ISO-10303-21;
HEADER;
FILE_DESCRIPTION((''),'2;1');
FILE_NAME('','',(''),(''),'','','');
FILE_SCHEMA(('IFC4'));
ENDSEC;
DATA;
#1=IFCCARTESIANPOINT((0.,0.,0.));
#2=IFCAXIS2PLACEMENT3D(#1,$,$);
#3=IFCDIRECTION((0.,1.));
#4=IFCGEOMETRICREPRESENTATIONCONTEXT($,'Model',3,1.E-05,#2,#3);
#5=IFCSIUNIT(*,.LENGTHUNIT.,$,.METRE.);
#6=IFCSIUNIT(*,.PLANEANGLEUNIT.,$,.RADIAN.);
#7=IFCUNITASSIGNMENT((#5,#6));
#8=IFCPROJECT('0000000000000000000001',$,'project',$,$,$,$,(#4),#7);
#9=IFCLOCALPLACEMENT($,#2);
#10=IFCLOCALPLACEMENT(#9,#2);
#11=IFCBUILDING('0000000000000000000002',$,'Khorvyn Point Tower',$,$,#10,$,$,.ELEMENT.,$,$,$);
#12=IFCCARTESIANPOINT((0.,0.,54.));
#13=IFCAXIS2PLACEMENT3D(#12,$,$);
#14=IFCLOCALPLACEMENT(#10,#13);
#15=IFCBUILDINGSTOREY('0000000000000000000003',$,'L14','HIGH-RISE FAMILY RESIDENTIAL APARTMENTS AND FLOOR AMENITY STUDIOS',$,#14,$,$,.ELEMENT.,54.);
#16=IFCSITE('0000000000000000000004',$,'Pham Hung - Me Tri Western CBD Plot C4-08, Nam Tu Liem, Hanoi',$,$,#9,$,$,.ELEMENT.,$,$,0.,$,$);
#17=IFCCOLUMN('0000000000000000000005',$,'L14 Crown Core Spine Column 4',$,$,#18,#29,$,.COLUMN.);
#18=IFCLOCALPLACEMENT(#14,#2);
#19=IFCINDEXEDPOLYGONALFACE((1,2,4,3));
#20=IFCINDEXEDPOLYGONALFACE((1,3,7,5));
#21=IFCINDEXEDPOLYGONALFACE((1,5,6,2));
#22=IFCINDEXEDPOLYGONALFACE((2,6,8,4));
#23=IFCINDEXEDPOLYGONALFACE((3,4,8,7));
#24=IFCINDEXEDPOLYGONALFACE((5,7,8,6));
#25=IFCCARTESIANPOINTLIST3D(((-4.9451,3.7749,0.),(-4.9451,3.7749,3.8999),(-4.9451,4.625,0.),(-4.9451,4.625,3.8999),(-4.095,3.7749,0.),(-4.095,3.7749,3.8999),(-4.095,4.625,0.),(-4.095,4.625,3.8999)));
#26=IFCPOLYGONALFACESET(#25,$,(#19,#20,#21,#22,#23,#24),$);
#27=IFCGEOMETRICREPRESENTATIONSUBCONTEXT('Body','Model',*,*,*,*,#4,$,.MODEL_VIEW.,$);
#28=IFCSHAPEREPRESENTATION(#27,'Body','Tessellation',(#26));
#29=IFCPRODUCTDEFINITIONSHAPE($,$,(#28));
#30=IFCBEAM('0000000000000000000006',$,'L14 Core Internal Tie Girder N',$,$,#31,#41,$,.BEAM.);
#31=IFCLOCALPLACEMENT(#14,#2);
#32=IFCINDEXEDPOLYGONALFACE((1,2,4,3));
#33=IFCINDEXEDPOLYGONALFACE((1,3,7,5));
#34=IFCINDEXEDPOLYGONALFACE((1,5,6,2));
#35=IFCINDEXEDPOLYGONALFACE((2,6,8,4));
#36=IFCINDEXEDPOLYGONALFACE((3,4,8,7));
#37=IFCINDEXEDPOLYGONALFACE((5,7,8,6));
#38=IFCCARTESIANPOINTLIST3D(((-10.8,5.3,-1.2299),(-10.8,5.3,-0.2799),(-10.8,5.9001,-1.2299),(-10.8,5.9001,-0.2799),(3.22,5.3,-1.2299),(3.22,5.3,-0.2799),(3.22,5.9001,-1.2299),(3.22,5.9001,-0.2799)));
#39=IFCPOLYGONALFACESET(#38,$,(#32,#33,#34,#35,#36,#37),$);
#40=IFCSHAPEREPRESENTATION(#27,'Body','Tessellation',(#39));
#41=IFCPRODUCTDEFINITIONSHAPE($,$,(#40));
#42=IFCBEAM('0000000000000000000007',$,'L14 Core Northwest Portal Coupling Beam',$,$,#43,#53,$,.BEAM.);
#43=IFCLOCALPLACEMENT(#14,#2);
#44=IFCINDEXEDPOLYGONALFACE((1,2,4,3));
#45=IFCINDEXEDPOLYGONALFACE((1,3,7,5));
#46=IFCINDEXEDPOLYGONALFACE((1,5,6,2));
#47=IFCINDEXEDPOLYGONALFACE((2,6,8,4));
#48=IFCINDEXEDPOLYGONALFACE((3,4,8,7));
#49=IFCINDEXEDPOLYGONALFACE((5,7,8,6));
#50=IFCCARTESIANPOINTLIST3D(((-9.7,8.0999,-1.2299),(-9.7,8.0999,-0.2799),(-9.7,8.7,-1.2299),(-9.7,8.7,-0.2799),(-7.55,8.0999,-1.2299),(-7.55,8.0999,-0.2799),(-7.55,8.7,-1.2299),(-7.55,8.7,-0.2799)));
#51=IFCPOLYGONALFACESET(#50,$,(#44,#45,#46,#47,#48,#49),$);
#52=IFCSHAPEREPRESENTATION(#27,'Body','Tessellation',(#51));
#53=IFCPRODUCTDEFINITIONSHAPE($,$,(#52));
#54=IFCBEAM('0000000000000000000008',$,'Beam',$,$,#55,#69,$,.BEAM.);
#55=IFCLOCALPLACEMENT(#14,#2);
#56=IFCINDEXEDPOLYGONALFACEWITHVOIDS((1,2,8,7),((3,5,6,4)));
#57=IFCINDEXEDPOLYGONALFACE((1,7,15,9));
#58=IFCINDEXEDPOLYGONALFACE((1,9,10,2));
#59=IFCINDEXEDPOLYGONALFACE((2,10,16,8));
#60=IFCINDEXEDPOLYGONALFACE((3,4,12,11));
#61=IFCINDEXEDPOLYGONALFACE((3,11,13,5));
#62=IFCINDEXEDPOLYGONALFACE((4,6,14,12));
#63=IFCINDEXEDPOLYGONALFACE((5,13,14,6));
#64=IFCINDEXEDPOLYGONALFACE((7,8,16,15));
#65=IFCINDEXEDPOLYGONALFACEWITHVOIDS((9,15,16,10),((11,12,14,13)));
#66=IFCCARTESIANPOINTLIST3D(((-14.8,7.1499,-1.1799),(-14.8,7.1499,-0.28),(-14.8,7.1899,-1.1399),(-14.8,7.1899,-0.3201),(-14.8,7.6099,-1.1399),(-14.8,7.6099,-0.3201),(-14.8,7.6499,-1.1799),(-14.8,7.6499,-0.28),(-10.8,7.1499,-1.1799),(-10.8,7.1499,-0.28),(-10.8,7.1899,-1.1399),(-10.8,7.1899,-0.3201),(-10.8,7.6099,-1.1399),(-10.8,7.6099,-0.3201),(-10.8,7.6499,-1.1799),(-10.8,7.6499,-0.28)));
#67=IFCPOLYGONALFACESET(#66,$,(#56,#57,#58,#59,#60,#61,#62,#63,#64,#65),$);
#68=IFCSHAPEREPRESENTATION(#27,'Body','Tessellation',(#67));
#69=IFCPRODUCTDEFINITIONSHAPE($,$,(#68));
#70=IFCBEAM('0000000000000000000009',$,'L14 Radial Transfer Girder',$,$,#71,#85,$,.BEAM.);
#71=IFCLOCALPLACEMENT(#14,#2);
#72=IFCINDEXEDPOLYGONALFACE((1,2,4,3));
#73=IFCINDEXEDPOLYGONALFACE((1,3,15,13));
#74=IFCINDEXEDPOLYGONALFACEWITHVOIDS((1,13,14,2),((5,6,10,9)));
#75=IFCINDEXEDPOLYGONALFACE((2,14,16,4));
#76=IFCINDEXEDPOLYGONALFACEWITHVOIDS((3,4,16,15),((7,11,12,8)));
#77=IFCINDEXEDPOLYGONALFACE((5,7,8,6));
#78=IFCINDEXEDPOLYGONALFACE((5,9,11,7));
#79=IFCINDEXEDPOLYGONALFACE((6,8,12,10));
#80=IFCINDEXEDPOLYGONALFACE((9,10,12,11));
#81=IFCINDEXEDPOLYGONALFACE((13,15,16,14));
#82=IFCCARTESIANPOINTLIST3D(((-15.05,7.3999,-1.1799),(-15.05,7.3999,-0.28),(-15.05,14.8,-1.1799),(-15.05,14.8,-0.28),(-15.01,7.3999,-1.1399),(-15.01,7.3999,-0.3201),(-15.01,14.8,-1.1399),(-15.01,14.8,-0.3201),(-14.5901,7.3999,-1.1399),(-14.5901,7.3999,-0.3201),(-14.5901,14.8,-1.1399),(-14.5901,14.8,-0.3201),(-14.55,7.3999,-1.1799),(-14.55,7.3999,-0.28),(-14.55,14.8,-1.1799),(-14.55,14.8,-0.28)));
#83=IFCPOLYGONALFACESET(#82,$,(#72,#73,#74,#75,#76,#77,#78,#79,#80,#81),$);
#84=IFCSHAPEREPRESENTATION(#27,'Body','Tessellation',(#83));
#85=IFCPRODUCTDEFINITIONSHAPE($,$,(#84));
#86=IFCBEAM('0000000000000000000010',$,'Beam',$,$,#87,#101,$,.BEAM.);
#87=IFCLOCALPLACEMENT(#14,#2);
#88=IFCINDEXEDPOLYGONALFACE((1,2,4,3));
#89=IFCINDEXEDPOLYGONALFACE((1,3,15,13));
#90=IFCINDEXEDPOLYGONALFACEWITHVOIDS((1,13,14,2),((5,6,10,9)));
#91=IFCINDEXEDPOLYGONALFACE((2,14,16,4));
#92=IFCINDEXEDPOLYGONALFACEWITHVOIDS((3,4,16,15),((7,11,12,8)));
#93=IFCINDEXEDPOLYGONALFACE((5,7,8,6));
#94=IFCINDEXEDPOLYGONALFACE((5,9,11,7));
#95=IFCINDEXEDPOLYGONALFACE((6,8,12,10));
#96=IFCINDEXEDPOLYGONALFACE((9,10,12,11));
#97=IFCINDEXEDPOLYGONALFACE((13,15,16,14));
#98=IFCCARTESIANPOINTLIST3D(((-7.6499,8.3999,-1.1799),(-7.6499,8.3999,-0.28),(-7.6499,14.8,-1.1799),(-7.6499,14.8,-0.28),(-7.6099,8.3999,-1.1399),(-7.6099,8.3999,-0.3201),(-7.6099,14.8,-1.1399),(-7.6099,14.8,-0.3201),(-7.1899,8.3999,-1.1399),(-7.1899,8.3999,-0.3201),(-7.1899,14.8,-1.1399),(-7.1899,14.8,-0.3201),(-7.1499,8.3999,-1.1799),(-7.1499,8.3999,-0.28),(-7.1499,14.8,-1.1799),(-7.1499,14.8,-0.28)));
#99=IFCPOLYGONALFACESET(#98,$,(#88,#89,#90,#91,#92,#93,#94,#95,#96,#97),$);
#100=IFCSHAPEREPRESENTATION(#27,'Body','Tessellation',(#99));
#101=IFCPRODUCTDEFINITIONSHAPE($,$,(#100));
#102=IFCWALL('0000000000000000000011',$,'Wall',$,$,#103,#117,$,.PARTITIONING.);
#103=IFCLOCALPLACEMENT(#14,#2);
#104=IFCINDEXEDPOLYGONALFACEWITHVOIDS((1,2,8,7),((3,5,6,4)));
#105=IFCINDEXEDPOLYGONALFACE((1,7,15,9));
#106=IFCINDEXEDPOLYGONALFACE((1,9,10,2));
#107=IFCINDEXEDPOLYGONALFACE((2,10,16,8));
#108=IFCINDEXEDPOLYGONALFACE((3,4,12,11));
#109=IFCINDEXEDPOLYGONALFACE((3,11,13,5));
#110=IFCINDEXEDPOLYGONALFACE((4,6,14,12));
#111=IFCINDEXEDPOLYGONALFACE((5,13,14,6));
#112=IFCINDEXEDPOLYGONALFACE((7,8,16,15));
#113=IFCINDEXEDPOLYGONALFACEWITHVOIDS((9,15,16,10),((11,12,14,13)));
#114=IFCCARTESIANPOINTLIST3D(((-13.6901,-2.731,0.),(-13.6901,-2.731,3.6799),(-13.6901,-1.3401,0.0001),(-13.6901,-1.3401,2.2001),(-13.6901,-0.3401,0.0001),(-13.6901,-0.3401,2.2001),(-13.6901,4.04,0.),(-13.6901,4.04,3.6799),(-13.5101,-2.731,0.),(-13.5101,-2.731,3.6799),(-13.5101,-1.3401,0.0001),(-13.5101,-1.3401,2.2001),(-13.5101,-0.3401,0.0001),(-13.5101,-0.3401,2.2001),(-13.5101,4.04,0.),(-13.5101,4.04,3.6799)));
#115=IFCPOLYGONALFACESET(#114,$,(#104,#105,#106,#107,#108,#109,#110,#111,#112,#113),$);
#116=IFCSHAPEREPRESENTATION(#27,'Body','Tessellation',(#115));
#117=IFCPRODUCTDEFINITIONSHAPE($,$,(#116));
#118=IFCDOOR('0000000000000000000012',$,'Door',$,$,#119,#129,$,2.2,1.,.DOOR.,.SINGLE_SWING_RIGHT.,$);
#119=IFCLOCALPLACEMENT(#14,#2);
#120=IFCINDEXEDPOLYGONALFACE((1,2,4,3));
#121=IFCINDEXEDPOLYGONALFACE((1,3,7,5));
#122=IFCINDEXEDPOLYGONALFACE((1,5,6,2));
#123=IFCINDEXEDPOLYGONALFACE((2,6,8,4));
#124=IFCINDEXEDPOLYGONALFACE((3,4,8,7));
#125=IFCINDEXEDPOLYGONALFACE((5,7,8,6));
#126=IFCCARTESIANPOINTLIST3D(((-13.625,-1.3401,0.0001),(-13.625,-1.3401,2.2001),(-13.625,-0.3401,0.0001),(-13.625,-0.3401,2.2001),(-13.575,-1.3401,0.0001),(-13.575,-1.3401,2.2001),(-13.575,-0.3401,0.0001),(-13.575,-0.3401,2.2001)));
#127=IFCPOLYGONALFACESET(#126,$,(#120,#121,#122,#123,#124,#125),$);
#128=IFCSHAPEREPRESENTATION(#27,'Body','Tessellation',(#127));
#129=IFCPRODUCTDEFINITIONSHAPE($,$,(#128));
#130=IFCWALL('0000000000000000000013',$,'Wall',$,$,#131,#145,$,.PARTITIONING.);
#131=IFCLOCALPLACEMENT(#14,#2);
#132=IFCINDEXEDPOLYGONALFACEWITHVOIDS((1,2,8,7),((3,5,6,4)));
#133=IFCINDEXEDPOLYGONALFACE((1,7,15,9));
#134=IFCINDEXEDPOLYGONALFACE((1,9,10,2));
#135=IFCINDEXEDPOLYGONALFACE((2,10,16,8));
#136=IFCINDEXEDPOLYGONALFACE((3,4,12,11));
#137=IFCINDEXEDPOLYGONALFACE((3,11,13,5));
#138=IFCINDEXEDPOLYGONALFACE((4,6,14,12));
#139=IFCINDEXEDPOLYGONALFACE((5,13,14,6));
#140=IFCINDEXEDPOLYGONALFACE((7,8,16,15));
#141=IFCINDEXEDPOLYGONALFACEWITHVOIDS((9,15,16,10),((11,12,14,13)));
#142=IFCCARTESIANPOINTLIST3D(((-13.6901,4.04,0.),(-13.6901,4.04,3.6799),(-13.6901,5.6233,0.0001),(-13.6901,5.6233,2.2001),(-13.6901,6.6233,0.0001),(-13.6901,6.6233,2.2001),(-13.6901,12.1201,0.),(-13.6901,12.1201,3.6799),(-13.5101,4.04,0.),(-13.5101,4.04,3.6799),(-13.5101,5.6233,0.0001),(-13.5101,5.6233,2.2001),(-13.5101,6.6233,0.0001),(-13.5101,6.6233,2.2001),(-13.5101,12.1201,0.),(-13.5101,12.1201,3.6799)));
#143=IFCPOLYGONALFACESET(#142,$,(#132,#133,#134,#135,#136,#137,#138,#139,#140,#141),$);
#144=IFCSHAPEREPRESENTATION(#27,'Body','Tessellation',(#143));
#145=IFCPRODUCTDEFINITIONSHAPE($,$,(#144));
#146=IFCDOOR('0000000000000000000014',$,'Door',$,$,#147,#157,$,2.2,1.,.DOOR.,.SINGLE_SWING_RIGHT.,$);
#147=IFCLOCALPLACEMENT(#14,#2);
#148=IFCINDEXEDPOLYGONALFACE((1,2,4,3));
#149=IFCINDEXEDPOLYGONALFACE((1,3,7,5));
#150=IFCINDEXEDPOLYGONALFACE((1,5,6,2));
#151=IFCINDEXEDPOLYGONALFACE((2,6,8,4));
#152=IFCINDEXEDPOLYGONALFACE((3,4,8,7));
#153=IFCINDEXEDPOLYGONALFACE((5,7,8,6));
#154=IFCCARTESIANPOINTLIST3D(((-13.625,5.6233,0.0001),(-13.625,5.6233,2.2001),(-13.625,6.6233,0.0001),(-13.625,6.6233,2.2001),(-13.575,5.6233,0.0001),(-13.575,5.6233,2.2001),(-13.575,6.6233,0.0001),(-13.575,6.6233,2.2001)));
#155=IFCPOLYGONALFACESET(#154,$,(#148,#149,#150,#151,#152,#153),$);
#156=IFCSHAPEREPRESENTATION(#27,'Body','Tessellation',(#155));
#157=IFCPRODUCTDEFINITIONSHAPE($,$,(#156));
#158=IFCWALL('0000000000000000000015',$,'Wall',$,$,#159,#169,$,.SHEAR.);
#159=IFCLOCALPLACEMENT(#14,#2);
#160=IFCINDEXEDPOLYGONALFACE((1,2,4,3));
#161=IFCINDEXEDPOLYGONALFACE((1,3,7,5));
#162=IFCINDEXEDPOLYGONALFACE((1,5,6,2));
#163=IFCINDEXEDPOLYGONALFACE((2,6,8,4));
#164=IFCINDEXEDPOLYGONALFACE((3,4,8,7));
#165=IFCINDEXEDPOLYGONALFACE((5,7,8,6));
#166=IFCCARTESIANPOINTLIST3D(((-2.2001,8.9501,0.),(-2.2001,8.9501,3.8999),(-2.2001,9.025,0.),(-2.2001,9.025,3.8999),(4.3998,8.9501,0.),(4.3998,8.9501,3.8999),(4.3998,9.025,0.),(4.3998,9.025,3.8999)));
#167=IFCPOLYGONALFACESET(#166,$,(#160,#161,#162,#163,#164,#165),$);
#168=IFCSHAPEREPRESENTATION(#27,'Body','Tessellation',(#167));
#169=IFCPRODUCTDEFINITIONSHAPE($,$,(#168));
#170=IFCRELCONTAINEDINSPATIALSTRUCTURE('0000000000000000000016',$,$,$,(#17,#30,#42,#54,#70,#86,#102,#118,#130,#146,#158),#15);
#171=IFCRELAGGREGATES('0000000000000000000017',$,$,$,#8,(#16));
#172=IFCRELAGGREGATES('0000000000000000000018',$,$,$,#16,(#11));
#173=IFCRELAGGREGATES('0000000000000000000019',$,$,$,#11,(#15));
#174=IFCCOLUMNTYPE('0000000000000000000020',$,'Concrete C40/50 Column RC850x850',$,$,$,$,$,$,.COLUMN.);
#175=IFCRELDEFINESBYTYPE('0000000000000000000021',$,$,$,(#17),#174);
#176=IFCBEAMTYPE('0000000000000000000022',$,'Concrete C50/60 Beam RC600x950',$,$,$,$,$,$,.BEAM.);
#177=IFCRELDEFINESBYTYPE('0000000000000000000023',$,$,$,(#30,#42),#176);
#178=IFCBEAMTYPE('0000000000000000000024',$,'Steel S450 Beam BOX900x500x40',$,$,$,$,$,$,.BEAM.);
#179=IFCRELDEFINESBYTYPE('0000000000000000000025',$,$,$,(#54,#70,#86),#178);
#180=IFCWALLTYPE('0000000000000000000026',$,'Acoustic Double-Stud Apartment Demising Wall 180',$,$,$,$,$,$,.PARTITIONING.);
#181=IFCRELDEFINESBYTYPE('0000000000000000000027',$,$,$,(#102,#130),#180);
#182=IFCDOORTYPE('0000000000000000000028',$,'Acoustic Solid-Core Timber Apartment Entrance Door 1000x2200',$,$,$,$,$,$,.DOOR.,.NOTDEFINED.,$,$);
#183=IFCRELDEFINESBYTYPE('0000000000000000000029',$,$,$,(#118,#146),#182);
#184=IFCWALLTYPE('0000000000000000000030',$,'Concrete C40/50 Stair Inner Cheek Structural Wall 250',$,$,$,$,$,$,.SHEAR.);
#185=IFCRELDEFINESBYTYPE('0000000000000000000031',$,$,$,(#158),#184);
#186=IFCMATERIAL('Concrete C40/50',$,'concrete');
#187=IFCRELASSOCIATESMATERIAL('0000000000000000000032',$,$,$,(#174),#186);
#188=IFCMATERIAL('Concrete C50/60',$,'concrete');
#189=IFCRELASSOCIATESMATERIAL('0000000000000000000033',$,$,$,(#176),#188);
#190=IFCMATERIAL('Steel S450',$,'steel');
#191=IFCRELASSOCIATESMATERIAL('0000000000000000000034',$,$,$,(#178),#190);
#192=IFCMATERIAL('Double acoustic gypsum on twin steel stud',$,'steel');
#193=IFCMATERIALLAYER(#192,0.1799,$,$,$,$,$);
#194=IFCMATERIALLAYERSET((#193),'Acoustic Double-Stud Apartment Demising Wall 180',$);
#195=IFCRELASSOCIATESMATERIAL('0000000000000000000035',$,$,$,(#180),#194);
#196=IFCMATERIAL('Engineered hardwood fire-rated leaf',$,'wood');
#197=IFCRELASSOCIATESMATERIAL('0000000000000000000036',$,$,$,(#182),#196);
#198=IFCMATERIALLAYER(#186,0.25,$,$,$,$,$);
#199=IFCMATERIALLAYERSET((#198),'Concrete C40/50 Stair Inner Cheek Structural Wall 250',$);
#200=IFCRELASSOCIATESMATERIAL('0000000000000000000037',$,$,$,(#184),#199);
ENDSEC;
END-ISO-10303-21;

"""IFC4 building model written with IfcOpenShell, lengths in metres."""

from ifc_helpers import new_model, si_unit, direction, frame, frame_2d, origin, origin_2d, place, context, subcontext, project, spatial, rectangle, hollow_rectangle, extrude, material, layer, layer_set, material_profile, profile_set, type_object, element, fill, save


model = new_model("IFC4")

# Units and contexts
model_context = context("Model", 3, precision=1e-05, world=origin(), true_north=direction((0.0, 1.0)))
body_context = subcontext(model_context, "Body", "Model", "MODEL_VIEW")
ifc_project = project(units=[si_unit("LENGTHUNIT", "METRE"), si_unit("PLANEANGLEUNIT", "RADIAN")], contexts=[model_context])

# Site, building, storey
site_placement = place(None, origin())
site = spatial("IfcSite", under=ifc_project, at=site_placement, Name="Pham Hung - Me Tri Western CBD Plot C4-08, Nam Tu Liem, Hanoi", CompositionType="ELEMENT", RefElevation=0.0)
building_placement = place(site_placement, origin())
building = spatial("IfcBuilding", under=site, at=building_placement, Name="Khorvyn Point Tower", CompositionType="ELEMENT")
storey_placement = place(building_placement, frame((0.0, 0.0, 54.0)))
storey = spatial("IfcBuildingStorey", under=building, at=storey_placement, Name="L14", Description="HIGH-RISE FAMILY RESIDENTIAL APARTMENTS AND FLOOR AMENITY STUDIOS", CompositionType="ELEMENT", Elevation=54.0)

# Column
ifc_material_1 = material(Name="Concrete C40/50", Category="concrete")
ifc_material_profile_1 = material_profile(ifc_material_1, rectangle(XDim=0.8501, YDim=0.8501, at=origin_2d()))
ifc_profile_set_1 = profile_set([ifc_material_profile_1], Name="Concrete C40/50 RC850x850")
column_type = type_object("IfcColumnType", Name="Concrete C40/50 Column RC850x850", PredefinedType="COLUMN", material=ifc_profile_set_1)
column_placement = place(storey_placement, frame((-4.52, 4.2, 0.0), z_axis=(0.0, 0.0, 1.0), x_axis=(1.0, 0.0, 0.0)))
element("IfcColumn", 1, at=column_placement, inside=storey, type_object=column_type, Name="L14 Crown Core Spine Column 4", PredefinedType="COLUMN", context=body_context, shape_type="SweptSolid", body=[
    extrude(rectangle(XDim=0.8501, YDim=0.8501, at=origin_2d()), origin(), (0.0, 0.0, 1.0), 3.8999),
])

# Beams
ifc_material_2 = material(Name="Concrete C50/60", Category="concrete")
ifc_material_profile_2 = material_profile(ifc_material_2, rectangle(XDim=0.6001, YDim=0.95, at=origin_2d()))
ifc_profile_set_2 = profile_set([ifc_material_profile_2], Name="Concrete C50/60 RC600x950")
beam_type_1 = type_object("IfcBeamType", Name="Concrete C50/60 Beam RC600x950", PredefinedType="BEAM", material=ifc_profile_set_2)
beam_1_placement = place(storey_placement, frame((-10.8, 5.6001, -0.7549), z_axis=(1.0, 0.0, 0.0), x_axis=(0.0, 1.0, 0.0)))
element("IfcBeam", 2, at=beam_1_placement, inside=storey, type_object=beam_type_1, Name="L14 Core Internal Tie Girder N", PredefinedType="BEAM", context=body_context, shape_type="SweptSolid", body=[
    extrude(rectangle(XDim=0.6001, YDim=0.95, at=origin_2d()), origin(), (0.0, 0.0, 1.0), 14.02),
])
beam_2_placement = place(storey_placement, frame((-9.7, 8.3999, -0.7549), z_axis=(1.0, 0.0, 0.0), x_axis=(0.0, 1.0, 0.0)))
element("IfcBeam", 3, at=beam_2_placement, inside=storey, type_object=beam_type_1, Name="L14 Core Northwest Portal Coupling Beam", PredefinedType="BEAM", context=body_context, shape_type="SweptSolid", body=[
    extrude(rectangle(XDim=0.6001, YDim=0.95, at=origin_2d()), origin(), (0.0, 0.0, 1.0), 2.1499),
])
ifc_material_3 = material(Name="Steel S450", Category="steel")
ifc_material_profile_3 = material_profile(ifc_material_3, hollow_rectangle(XDim=0.5, YDim=0.8999, WallThickness=0.04, at=origin_2d()))
ifc_profile_set_3 = profile_set([ifc_material_profile_3], Name="Steel S450 BOX900x500x40")
beam_type_2 = type_object("IfcBeamType", Name="Steel S450 Beam BOX900x500x40", PredefinedType="BEAM", material=ifc_profile_set_3)
beam_3_placement = place(storey_placement, frame((-14.8, 7.3999, -0.73), z_axis=(1.0, 0.0, 0.0), x_axis=(0.0, 1.0, 0.0)))
element("IfcBeam", 4, at=beam_3_placement, inside=storey, type_object=beam_type_2, Name="Beam", PredefinedType="BEAM", context=body_context, shape_type="SweptSolid", body=[
    extrude(hollow_rectangle(XDim=0.5, YDim=0.8999, WallThickness=0.04, at=origin_2d()), origin(), (0.0, 0.0, 1.0), 4.0),
])
beam_4_placement = place(storey_placement, frame((-14.8, 7.3999, -0.73), z_axis=(0.0, 1.0, 0.0), x_axis=(-1.0, 0.0, 0.0)))
element("IfcBeam", 5, at=beam_4_placement, inside=storey, type_object=beam_type_2, Name="L14 Radial Transfer Girder", PredefinedType="BEAM", context=body_context, shape_type="SweptSolid", body=[
    extrude(hollow_rectangle(XDim=0.5, YDim=0.8999, WallThickness=0.04, at=origin_2d()), origin(), (0.0, 0.0, 1.0), 7.4001),
])
beam_5_placement = place(storey_placement, frame((-7.3999, 8.3999, -0.73), z_axis=(0.0, 1.0, 0.0), x_axis=(-1.0, 0.0, 0.0)))
element("IfcBeam", 6, at=beam_5_placement, inside=storey, type_object=beam_type_2, Name="Beam", PredefinedType="BEAM", context=body_context, shape_type="SweptSolid", body=[
    extrude(hollow_rectangle(XDim=0.5, YDim=0.8999, WallThickness=0.04, at=origin_2d()), origin(), (0.0, 0.0, 1.0), 6.4001),
])

# Walls, openings, doors
ifc_material_4 = material(Name="Double acoustic gypsum on twin steel stud", Category="steel")
ifc_layer_1 = layer(ifc_material_4, 0.1799)
ifc_layer_set_1 = layer_set([ifc_layer_1], Name="Acoustic Double-Stud Apartment Demising Wall 180")
wall_type_1 = type_object("IfcWallType", Name="Acoustic Double-Stud Apartment Demising Wall 180", PredefinedType="PARTITIONING", material=ifc_layer_set_1)
wall_1_placement = place(storey_placement, frame((-13.6001, -2.731, 0.0), z_axis=(0.0, 0.0, 1.0), x_axis=(0.0, 1.0, 0.0)))
wall_1 = element("IfcWall", 7, at=wall_1_placement, inside=storey, type_object=wall_type_1, Name="Wall", PredefinedType="PARTITIONING", context=body_context, shape_type="SweptSolid", body=[
    extrude(rectangle(XDim=6.771, YDim=0.1799, at=frame_2d((3.3855, 0.0))), origin(), (0.0, 0.0, 1.0), 3.6799),
])
opening_1_placement = place(wall_1_placement, frame((1.3909, 0.0, 0.0)))
opening_1 = element("IfcOpeningElement", 8, at=opening_1_placement, cuts=wall_1, PredefinedType="OPENING", context=body_context, shape_type="SweptSolid", body=[
    extrude(rectangle(XDim=1.0, YDim=2.2, at=frame_2d((0.5, 1.1001))), frame((0.0, 0.0999, 0.0), z_axis=(0.0, -1.0, 0.0), x_axis=(1.0, 0.0, 0.0)), (0.0, 0.0, 1.0), 0.2),
])
ifc_material_5 = material(Name="Engineered hardwood fire-rated leaf", Category="wood")
door_type_1 = type_object("IfcDoorType", Name="Acoustic Solid-Core Timber Apartment Entrance Door 1000x2200", OperationType="NOTDEFINED", PredefinedType="DOOR", material=ifc_material_5)
door_1_placement = place(opening_1_placement, origin())
door_1 = element("IfcDoor", 9, at=door_1_placement, inside=storey, type_object=door_type_1, Name="Door", OperationType="SINGLE_SWING_RIGHT", OverallHeight=2.2, OverallWidth=1.0, PredefinedType="DOOR", context=body_context, shape_type="SweptSolid", body=[
    extrude(rectangle(XDim=1.0, YDim=2.2, at=frame_2d((0.5, 1.1001))), frame((0.0, 0.0249, 0.0), z_axis=(0.0, -1.0, 0.0), x_axis=(1.0, 0.0, 0.0)), (0.0, 0.0, 1.0), 0.05),
])
fill(opening_1, door_1)
wall_2_placement = place(storey_placement, frame((-13.6001, 4.04, 0.0), z_axis=(0.0, 0.0, 1.0), x_axis=(0.0, 1.0, 0.0)))
wall_2 = element("IfcWall", 10, at=wall_2_placement, inside=storey, type_object=wall_type_1, Name="Wall", PredefinedType="PARTITIONING", context=body_context, shape_type="SweptSolid", body=[
    extrude(rectangle(XDim=8.0801, YDim=0.1799, at=frame_2d((4.04, 0.0))), origin(), (0.0, 0.0, 1.0), 3.6799),
])
opening_2_placement = place(wall_2_placement, frame((1.5833, 0.0, 0.0)))
opening_2 = element("IfcOpeningElement", 11, at=opening_2_placement, cuts=wall_2, PredefinedType="OPENING", context=body_context, shape_type="SweptSolid", body=[
    extrude(rectangle(XDim=1.0, YDim=2.2, at=frame_2d((0.5, 1.1001))), frame((0.0, 0.0999, 0.0), z_axis=(0.0, -1.0, 0.0), x_axis=(1.0, 0.0, 0.0)), (0.0, 0.0, 1.0), 0.2),
])
door_2_placement = place(opening_2_placement, origin())
door_2 = element("IfcDoor", 12, at=door_2_placement, inside=storey, type_object=door_type_1, Name="Door", OperationType="SINGLE_SWING_RIGHT", OverallHeight=2.2, OverallWidth=1.0, PredefinedType="DOOR", context=body_context, shape_type="SweptSolid", body=[
    extrude(rectangle(XDim=1.0, YDim=2.2, at=frame_2d((0.5, 1.1001))), frame((0.0, 0.0249, 0.0), z_axis=(0.0, -1.0, 0.0), x_axis=(1.0, 0.0, 0.0)), (0.0, 0.0, 1.0), 0.05),
])
fill(opening_2, door_2)

# Wall
ifc_layer_2 = layer(ifc_material_1, 0.25)
ifc_layer_set_2 = layer_set([ifc_layer_2], Name="Concrete C40/50 Stair Inner Cheek Structural Wall 250")
wall_type_2 = type_object("IfcWallType", Name="Concrete C40/50 Stair Inner Cheek Structural Wall 250", PredefinedType="SHEAR", material=ifc_layer_set_2)
wall_3_placement = place(storey_placement, frame((-2.2, 8.9875, 0.0), z_axis=(0.0, 0.0, 1.0), x_axis=(1.0, 0.0, 0.0)))
element("IfcWall", 13, at=wall_3_placement, inside=storey, type_object=wall_type_2, Name="Wall", PredefinedType="SHEAR", context=body_context, shape_type="SweptSolid", body=[
    extrude(rectangle(XDim=6.5999, YDim=0.075, at=frame_2d((3.2998, 0.0))), origin(), (0.0, 0.0, 1.0), 3.8999),
])

save(model, "model.ifc")
